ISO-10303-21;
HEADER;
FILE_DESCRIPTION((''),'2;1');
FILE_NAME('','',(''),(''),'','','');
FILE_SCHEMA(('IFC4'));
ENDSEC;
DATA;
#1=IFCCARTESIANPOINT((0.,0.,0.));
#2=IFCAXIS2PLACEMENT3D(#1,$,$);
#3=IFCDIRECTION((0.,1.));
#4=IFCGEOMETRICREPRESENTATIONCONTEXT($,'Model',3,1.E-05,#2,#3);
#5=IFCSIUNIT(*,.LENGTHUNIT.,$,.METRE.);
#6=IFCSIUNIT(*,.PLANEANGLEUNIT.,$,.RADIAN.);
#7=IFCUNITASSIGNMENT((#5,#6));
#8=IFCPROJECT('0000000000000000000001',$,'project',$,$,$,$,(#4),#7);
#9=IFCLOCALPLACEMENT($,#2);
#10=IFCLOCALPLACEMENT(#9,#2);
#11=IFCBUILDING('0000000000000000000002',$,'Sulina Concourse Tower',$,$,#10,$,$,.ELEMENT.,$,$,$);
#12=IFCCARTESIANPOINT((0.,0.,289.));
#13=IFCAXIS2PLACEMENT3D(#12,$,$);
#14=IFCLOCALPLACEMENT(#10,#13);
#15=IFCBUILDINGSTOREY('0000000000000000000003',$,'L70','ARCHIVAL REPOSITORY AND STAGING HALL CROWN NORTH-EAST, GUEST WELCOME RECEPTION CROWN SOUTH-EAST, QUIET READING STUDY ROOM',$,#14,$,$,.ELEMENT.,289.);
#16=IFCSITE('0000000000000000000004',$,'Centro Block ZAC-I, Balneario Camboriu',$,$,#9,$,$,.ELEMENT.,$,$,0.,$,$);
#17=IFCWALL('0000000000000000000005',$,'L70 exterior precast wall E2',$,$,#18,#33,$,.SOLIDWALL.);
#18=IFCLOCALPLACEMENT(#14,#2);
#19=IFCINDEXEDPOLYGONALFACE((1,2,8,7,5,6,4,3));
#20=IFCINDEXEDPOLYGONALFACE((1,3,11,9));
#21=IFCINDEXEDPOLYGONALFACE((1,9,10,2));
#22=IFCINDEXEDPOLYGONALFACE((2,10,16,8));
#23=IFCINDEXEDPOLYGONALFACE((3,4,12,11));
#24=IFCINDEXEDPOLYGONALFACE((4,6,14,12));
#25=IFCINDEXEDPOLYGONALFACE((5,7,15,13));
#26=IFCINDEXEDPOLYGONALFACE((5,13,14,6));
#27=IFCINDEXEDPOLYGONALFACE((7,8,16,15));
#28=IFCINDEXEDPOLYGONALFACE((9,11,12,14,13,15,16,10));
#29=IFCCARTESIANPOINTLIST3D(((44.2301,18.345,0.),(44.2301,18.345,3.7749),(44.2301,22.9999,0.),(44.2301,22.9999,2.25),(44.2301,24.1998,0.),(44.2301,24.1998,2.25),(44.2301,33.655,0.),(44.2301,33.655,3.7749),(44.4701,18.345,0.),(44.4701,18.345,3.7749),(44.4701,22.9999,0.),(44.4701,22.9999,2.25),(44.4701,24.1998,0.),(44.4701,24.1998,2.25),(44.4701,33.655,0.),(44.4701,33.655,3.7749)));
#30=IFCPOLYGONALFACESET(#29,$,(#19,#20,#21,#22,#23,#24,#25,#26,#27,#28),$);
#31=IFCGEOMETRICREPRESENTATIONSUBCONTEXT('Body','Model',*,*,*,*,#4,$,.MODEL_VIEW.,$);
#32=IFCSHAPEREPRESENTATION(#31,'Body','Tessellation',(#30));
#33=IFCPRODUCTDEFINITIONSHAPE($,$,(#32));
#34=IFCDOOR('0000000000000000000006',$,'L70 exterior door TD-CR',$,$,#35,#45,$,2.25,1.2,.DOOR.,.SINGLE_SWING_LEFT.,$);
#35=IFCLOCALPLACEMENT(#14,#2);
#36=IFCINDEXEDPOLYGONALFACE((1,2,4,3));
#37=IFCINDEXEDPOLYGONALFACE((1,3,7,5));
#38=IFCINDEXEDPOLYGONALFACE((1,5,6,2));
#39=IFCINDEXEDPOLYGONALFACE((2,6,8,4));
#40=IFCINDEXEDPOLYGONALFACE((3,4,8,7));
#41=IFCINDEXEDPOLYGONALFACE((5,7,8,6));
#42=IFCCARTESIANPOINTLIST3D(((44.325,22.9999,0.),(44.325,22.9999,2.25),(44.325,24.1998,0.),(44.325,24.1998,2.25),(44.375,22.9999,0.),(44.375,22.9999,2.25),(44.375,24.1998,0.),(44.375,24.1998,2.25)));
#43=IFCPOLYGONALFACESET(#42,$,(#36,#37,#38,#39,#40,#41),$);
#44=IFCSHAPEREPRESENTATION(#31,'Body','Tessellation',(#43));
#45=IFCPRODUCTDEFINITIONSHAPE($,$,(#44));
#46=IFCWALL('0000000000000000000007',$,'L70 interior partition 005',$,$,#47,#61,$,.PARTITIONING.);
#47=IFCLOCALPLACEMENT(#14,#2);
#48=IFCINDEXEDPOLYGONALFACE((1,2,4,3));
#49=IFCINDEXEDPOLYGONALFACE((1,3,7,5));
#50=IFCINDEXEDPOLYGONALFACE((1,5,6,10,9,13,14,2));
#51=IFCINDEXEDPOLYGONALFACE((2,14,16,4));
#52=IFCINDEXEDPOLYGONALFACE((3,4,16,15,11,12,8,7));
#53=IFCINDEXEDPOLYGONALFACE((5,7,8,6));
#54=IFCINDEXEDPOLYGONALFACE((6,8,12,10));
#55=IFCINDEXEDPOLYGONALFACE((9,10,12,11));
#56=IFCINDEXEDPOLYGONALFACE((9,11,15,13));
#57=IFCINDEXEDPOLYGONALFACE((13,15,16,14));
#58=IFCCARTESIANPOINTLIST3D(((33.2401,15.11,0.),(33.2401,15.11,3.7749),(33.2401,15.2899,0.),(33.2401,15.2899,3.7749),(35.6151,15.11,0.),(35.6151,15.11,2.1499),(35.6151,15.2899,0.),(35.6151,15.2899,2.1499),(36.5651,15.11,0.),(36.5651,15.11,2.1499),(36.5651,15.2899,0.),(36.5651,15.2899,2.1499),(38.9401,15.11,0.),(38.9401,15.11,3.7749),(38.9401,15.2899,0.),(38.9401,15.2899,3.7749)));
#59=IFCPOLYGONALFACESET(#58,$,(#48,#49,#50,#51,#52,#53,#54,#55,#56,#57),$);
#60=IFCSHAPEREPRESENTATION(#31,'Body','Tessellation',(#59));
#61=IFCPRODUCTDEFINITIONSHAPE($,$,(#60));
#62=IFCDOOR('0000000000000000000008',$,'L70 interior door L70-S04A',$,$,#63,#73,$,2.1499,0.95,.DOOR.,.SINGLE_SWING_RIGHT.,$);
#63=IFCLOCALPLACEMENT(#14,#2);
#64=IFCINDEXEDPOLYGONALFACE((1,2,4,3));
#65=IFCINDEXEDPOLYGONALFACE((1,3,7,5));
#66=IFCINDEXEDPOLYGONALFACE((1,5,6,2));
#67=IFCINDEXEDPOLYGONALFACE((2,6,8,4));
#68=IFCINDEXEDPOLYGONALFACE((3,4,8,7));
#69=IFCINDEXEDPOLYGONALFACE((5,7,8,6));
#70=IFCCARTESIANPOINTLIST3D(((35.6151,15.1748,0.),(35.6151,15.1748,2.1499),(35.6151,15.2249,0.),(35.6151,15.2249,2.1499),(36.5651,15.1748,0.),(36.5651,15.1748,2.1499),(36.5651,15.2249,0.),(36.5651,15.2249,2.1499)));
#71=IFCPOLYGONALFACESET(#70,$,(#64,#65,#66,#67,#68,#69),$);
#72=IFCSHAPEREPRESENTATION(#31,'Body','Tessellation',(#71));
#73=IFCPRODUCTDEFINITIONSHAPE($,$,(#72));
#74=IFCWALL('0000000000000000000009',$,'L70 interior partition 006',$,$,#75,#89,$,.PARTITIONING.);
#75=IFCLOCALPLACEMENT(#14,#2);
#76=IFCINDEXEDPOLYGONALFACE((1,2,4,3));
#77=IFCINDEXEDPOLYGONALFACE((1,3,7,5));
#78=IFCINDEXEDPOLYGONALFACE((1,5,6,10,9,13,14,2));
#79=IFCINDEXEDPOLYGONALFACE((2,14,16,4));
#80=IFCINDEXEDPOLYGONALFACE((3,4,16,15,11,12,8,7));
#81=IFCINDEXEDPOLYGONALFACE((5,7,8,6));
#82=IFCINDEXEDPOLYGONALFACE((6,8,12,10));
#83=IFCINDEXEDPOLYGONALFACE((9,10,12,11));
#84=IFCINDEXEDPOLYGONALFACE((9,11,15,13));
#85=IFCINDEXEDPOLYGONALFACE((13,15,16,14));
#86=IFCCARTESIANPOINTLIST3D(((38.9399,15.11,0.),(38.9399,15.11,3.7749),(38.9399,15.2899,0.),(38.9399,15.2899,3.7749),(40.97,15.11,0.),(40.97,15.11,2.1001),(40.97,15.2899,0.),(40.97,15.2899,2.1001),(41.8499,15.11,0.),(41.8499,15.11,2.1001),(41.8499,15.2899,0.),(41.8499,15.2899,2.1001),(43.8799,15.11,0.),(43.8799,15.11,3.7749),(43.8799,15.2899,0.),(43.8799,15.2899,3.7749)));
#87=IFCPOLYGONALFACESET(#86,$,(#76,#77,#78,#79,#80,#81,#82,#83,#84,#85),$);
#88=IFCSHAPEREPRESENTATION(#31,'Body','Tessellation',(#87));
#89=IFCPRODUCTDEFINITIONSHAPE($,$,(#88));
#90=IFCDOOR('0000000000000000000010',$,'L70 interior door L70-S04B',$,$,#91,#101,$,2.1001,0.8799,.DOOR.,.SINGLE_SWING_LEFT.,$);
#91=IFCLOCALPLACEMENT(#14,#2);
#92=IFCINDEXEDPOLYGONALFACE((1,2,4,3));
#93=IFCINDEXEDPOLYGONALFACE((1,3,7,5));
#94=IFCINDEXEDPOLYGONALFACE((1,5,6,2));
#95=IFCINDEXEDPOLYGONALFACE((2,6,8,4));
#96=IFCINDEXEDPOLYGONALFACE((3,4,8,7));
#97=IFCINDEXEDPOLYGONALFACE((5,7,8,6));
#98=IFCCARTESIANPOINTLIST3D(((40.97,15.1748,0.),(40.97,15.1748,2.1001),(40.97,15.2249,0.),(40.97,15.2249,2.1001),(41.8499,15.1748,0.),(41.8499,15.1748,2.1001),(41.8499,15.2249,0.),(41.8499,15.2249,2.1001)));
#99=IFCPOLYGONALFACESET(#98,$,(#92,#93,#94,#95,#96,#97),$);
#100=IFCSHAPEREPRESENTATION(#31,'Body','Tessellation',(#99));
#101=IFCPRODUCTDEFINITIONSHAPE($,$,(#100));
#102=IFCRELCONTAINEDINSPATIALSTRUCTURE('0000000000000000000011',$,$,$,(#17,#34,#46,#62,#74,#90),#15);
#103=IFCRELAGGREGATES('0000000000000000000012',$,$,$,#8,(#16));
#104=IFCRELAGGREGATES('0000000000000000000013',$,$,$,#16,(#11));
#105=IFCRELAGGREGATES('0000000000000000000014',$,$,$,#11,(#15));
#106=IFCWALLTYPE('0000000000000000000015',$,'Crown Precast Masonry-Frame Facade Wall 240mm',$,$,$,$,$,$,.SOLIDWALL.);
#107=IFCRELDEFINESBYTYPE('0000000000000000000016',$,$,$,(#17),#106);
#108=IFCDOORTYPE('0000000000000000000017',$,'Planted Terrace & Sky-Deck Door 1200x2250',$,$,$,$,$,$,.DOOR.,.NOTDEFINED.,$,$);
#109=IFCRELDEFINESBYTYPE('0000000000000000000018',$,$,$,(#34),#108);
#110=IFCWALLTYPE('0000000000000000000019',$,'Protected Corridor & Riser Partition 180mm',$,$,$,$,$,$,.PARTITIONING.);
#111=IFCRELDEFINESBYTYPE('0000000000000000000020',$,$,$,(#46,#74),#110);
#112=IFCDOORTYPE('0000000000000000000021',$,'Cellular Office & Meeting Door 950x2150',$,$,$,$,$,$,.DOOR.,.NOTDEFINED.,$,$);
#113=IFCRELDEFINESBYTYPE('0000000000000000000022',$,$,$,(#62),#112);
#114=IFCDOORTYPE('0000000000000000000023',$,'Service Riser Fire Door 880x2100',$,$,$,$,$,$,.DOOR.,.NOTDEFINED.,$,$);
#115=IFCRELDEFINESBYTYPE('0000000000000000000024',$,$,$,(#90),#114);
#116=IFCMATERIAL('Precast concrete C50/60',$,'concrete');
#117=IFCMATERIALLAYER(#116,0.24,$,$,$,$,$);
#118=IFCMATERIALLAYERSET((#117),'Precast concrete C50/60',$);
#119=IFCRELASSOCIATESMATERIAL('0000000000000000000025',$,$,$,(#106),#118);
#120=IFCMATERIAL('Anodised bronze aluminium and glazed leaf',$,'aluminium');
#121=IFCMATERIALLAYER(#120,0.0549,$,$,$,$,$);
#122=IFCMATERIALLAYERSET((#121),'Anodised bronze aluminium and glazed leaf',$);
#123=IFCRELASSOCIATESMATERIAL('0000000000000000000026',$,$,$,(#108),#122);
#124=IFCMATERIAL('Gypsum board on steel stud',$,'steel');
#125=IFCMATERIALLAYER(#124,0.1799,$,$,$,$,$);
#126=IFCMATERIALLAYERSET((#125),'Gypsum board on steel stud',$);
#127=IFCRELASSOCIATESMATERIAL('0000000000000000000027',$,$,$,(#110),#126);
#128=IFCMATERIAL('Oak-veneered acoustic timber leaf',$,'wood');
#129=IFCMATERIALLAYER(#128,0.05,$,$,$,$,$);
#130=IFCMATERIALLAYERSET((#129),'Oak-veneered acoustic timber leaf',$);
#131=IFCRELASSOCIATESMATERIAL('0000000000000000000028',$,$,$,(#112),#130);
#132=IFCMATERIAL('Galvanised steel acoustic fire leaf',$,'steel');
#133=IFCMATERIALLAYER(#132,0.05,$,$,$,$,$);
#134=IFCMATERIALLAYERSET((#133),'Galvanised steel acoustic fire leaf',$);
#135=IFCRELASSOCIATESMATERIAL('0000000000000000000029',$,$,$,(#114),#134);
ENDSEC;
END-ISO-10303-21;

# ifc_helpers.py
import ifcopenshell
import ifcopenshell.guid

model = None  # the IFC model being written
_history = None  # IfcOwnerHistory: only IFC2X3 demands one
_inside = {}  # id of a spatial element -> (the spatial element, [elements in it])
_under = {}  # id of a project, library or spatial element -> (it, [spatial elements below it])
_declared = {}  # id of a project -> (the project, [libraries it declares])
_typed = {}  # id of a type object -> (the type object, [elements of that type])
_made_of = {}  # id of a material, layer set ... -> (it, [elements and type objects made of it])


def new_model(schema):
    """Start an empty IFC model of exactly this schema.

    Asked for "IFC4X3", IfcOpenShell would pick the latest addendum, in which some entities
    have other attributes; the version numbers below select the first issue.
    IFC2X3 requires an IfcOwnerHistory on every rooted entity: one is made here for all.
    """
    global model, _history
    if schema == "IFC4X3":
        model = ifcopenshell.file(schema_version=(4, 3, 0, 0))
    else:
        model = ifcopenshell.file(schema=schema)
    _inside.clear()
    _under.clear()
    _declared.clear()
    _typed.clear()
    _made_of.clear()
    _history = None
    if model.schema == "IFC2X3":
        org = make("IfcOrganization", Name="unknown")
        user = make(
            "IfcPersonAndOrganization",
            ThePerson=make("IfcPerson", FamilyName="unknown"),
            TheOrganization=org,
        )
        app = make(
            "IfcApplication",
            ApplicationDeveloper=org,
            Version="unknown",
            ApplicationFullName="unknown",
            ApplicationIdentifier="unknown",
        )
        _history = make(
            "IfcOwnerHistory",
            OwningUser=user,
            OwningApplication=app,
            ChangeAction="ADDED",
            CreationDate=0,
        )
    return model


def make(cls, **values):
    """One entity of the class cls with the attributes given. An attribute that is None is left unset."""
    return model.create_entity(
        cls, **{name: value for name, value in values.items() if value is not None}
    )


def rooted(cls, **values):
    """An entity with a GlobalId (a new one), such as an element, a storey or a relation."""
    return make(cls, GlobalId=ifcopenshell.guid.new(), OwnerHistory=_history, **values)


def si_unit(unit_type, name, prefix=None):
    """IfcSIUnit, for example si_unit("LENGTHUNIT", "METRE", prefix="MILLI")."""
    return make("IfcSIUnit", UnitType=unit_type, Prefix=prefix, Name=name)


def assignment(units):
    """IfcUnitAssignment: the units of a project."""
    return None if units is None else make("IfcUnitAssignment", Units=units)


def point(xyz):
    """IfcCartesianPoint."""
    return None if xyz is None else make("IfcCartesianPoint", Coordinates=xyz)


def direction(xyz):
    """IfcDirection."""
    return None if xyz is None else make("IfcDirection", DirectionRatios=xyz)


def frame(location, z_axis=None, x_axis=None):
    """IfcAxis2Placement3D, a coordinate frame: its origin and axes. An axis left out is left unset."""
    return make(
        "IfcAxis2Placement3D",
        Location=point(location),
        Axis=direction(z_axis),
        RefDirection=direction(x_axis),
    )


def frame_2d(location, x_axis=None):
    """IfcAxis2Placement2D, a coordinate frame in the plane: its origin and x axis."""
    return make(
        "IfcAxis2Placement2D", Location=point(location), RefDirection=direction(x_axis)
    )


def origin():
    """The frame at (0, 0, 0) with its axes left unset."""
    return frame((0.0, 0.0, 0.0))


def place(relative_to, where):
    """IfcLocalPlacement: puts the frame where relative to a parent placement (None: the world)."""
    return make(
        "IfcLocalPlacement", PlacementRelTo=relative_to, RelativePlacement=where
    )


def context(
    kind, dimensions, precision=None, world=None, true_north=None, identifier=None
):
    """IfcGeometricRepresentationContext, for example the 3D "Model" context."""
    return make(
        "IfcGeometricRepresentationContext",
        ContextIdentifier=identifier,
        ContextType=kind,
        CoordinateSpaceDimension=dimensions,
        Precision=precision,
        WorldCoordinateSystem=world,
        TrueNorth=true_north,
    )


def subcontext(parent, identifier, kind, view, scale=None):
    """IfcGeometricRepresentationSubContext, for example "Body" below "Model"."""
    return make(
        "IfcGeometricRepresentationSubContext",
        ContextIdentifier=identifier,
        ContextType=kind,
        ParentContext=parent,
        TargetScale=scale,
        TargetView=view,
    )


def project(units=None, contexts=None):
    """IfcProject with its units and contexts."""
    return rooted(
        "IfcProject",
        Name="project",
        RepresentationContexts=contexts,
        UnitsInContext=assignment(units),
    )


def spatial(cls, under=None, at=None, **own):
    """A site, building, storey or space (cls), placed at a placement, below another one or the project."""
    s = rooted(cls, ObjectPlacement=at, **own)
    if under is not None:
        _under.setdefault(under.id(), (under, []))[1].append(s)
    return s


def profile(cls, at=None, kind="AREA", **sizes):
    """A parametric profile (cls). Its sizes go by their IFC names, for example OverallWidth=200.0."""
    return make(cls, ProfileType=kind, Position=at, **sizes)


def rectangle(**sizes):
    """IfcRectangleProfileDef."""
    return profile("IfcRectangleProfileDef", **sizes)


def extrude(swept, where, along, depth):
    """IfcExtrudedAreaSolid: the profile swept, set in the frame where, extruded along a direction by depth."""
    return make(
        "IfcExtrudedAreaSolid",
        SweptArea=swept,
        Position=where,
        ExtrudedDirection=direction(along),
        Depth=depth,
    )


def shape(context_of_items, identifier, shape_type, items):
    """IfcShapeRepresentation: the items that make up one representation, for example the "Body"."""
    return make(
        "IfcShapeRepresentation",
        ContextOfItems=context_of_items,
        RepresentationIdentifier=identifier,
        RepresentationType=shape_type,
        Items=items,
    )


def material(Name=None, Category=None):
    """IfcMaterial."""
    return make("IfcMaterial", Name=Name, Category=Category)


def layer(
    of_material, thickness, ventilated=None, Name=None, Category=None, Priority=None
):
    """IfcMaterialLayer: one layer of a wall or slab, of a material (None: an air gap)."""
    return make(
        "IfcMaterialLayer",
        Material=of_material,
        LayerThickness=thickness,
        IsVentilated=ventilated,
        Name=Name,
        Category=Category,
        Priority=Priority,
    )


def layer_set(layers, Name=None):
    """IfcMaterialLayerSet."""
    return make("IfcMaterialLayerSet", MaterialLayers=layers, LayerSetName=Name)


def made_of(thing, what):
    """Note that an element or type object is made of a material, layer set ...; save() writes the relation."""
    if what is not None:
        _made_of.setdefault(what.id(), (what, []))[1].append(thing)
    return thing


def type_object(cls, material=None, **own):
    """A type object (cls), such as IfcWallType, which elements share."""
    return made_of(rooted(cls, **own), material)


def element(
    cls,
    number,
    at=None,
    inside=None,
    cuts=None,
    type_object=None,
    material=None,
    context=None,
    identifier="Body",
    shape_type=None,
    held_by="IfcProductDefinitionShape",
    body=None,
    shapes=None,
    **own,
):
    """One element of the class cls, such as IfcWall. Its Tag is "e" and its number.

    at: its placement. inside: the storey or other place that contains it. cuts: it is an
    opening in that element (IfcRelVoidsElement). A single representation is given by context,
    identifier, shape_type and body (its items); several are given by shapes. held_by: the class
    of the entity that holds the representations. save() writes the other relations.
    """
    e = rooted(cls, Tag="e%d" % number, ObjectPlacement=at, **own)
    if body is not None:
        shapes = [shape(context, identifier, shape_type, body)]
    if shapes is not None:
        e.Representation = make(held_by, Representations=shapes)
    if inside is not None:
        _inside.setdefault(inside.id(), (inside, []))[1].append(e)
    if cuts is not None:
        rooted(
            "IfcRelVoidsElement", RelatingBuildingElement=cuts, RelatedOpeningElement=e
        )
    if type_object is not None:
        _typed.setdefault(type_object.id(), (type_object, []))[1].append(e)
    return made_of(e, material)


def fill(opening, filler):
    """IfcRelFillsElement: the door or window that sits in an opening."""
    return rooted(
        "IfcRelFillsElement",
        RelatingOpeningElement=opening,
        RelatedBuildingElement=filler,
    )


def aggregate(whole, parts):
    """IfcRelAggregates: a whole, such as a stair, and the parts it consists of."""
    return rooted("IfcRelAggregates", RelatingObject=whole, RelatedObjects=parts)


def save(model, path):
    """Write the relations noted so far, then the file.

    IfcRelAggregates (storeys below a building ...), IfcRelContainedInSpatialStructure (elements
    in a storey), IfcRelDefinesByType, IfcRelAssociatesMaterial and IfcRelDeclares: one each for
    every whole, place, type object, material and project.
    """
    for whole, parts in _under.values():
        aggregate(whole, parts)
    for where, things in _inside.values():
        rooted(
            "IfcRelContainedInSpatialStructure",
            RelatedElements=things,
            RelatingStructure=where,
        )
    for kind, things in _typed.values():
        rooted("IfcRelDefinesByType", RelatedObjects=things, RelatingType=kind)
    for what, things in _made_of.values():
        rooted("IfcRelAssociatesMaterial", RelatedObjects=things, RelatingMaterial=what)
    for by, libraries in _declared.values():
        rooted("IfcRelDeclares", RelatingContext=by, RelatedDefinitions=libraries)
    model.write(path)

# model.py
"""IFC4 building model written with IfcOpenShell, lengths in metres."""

from ifc_helpers import new_model, si_unit, direction, frame, frame_2d, origin, place, context, subcontext, project, spatial, rectangle, extrude, material, layer, layer_set, type_object, element, fill, save


model = new_model("IFC4")

# Units and contexts
model_context = context("Model", 3, precision=1e-05, world=origin(), true_north=direction((0.0, 1.0)))
body_context = subcontext(model_context, "Body", "Model", "MODEL_VIEW")
ifc_project = project(units=[si_unit("LENGTHUNIT", "METRE"), si_unit("PLANEANGLEUNIT", "RADIAN")], contexts=[model_context])

# Site, building, storey
site_placement = place(None, origin())
site = spatial("IfcSite", under=ifc_project, at=site_placement, Name="Centro Block ZAC-I, Balneario Camboriu", CompositionType="ELEMENT", RefElevation=0.0)
building_placement = place(site_placement, origin())
building = spatial("IfcBuilding", under=site, at=building_placement, Name="Sulina Concourse Tower", CompositionType="ELEMENT")
storey_placement = place(building_placement, frame((0.0, 0.0, 289.0)))
storey = spatial("IfcBuildingStorey", under=building, at=storey_placement, Name="L70", Description="ARCHIVAL REPOSITORY AND STAGING HALL CROWN NORTH-EAST, GUEST WELCOME RECEPTION CROWN SOUTH-EAST, QUIET READING STUDY ROOM", CompositionType="ELEMENT", Elevation=289.0)

# Shared definitions
ifc_material_1 = material(Name="Precast concrete C50/60", Category="concrete")
ifc_layer_1 = layer(ifc_material_1, 0.24)
ifc_layer_set_1 = layer_set([ifc_layer_1], Name="Precast concrete C50/60")
wall_type_1 = type_object("IfcWallType", Name="Crown Precast Masonry-Frame Facade Wall 240mm", PredefinedType="SOLIDWALL", material=ifc_layer_set_1)

# Walls, openings, doors
wall_1_placement = place(storey_placement, frame((44.3501, 33.655, 0.0), z_axis=(0.0, 0.0, 1.0), x_axis=(0.0, -1.0, 0.0)))
wall_1 = element("IfcWall", 1, at=wall_1_placement, inside=storey, type_object=wall_type_1, Name="L70 exterior precast wall E2", PredefinedType="SOLIDWALL", context=body_context, shape_type="SweptSolid", body=[
    extrude(rectangle(XDim=15.3101, YDim=0.24, at=frame_2d((7.655, 0.0))), origin(), (0.0, 0.0, 1.0), 3.7749),
])
opening_1_placement = place(wall_1_placement, frame((9.4551, 0.0, 0.0)))
opening_1 = element("IfcOpeningElement", 2, at=opening_1_placement, cuts=wall_1, PredefinedType="OPENING", context=body_context, shape_type="SweptSolid", body=[
    extrude(rectangle(XDim=1.2, YDim=2.25, at=frame_2d((0.6001, 1.125))), frame((0.0, 0.1299, 0.0), z_axis=(0.0, -1.0, 0.0), x_axis=(1.0, 0.0, 0.0)), (0.0, 0.0, 1.0), 0.26),
])
ifc_material_2 = material(Name="Anodised bronze aluminium and glazed leaf", Category="aluminium")
ifc_layer_2 = layer(ifc_material_2, 0.0549)
ifc_layer_set_2 = layer_set([ifc_layer_2], Name="Anodised bronze aluminium and glazed leaf")
door_type_1 = type_object("IfcDoorType", Name="Planted Terrace & Sky-Deck Door 1200x2250", OperationType="NOTDEFINED", PredefinedType="DOOR", material=ifc_layer_set_2)
door_1_placement = place(opening_1_placement, origin())
door_1 = element("IfcDoor", 3, at=door_1_placement, inside=storey, type_object=door_type_1, Name="L70 exterior door TD-CR", OperationType="SINGLE_SWING_LEFT", OverallHeight=2.25, OverallWidth=1.2, PredefinedType="DOOR", context=body_context, shape_type="SweptSolid", body=[
    extrude(rectangle(XDim=1.2, YDim=2.25, at=frame_2d((0.6001, 1.125))), frame((0.0, 0.0249, 0.0), z_axis=(0.0, -1.0, 0.0), x_axis=(1.0, 0.0, 0.0)), (0.0, 0.0, 1.0), 0.05),
])
fill(opening_1, door_1)
ifc_material_3 = material(Name="Gypsum board on steel stud", Category="steel")
ifc_layer_3 = layer(ifc_material_3, 0.1799)
ifc_layer_set_3 = layer_set([ifc_layer_3], Name="Gypsum board on steel stud")
wall_type_2 = type_object("IfcWallType", Name="Protected Corridor & Riser Partition 180mm", PredefinedType="PARTITIONING", material=ifc_layer_set_3)
wall_2_placement = place(storey_placement, frame((33.24, 15.2, 0.0), z_axis=(0.0, 0.0, 1.0), x_axis=(1.0, 0.0, 0.0)))
wall_2 = element("IfcWall", 4, at=wall_2_placement, inside=storey, type_object=wall_type_2, Name="L70 interior partition 005", PredefinedType="PARTITIONING", context=body_context, shape_type="SweptSolid", body=[
    extrude(rectangle(XDim=5.7, YDim=0.1799, at=frame_2d((2.8501, 0.0))), origin(), (0.0, 0.0, 1.0), 3.7749),
])
opening_2_placement = place(wall_2_placement, frame((2.375, 0.0, 0.0)))
opening_2 = element("IfcOpeningElement", 5, at=opening_2_placement, cuts=wall_2, PredefinedType="OPENING", context=body_context, shape_type="SweptSolid", body=[
    extrude(rectangle(XDim=0.95, YDim=2.1499, at=frame_2d((0.4751, 1.075))), frame((0.0, 0.0999, 0.0), z_axis=(0.0, -1.0, 0.0), x_axis=(1.0, 0.0, 0.0)), (0.0, 0.0, 1.0), 0.2),
])
ifc_material_4 = material(Name="Oak-veneered acoustic timber leaf", Category="wood")
ifc_layer_4 = layer(ifc_material_4, 0.05)
ifc_layer_set_4 = layer_set([ifc_layer_4], Name="Oak-veneered acoustic timber leaf")
door_type_2 = type_object("IfcDoorType", Name="Cellular Office & Meeting Door 950x2150", OperationType="NOTDEFINED", PredefinedType="DOOR", material=ifc_layer_set_4)
door_2_placement = place(opening_2_placement, origin())
door_2 = element("IfcDoor", 6, at=door_2_placement, inside=storey, type_object=door_type_2, Name="L70 interior door L70-S04A", OperationType="SINGLE_SWING_RIGHT", OverallHeight=2.1499, OverallWidth=0.95, PredefinedType="DOOR", context=body_context, shape_type="SweptSolid", body=[
    extrude(rectangle(XDim=0.95, YDim=2.1499, at=frame_2d((0.4751, 1.075))), frame((0.0, 0.0249, 0.0), z_axis=(0.0, -1.0, 0.0), x_axis=(1.0, 0.0, 0.0)), (0.0, 0.0, 1.0), 0.05),
])
fill(opening_2, door_2)
wall_3_placement = place(storey_placement, frame((38.9399, 15.2, 0.0), z_axis=(0.0, 0.0, 1.0), x_axis=(1.0, 0.0, 0.0)))
wall_3 = element("IfcWall", 7, at=wall_3_placement, inside=storey, type_object=wall_type_2, Name="L70 interior partition 006", PredefinedType="PARTITIONING", context=body_context, shape_type="SweptSolid", body=[
    extrude(rectangle(XDim=4.9399, YDim=0.1799, at=frame_2d((2.47, 0.0))), origin(), (0.0, 0.0, 1.0), 3.7749),
])
opening_3_placement = place(wall_3_placement, frame((2.03, 0.0, 0.0)))
opening_3 = element("IfcOpeningElement", 8, at=opening_3_placement, cuts=wall_3, PredefinedType="OPENING", context=body_context, shape_type="SweptSolid", body=[
    extrude(rectangle(XDim=0.8799, YDim=2.1001, at=frame_2d((0.4399, 1.05))), frame((0.0, 0.0999, 0.0), z_axis=(0.0, -1.0, 0.0), x_axis=(1.0, 0.0, 0.0)), (0.0, 0.0, 1.0), 0.2),
])
ifc_material_5 = material(Name="Galvanised steel acoustic fire leaf", Category="steel")
ifc_layer_5 = layer(ifc_material_5, 0.05)
ifc_layer_set_5 = layer_set([ifc_layer_5], Name="Galvanised steel acoustic fire leaf")
door_type_3 = type_object("IfcDoorType", Name="Service Riser Fire Door 880x2100", OperationType="NOTDEFINED", PredefinedType="DOOR", material=ifc_layer_set_5)
door_3_placement = place(opening_3_placement, origin())
door_3 = element("IfcDoor", 9, at=door_3_placement, inside=storey, type_object=door_type_3, Name="L70 interior door L70-S04B", OperationType="SINGLE_SWING_LEFT", OverallHeight=2.1001, OverallWidth=0.8799, PredefinedType="DOOR", context=body_context, shape_type="SweptSolid", body=[
    extrude(rectangle(XDim=0.8799, YDim=2.1001, at=frame_2d((0.4399, 1.05))), frame((0.0, 0.0249, 0.0), z_axis=(0.0, -1.0, 0.0), x_axis=(1.0, 0.0, 0.0)), (0.0, 0.0, 1.0), 0.05),
])
fill(opening_3, door_3)

save(model, "model.ifc")
